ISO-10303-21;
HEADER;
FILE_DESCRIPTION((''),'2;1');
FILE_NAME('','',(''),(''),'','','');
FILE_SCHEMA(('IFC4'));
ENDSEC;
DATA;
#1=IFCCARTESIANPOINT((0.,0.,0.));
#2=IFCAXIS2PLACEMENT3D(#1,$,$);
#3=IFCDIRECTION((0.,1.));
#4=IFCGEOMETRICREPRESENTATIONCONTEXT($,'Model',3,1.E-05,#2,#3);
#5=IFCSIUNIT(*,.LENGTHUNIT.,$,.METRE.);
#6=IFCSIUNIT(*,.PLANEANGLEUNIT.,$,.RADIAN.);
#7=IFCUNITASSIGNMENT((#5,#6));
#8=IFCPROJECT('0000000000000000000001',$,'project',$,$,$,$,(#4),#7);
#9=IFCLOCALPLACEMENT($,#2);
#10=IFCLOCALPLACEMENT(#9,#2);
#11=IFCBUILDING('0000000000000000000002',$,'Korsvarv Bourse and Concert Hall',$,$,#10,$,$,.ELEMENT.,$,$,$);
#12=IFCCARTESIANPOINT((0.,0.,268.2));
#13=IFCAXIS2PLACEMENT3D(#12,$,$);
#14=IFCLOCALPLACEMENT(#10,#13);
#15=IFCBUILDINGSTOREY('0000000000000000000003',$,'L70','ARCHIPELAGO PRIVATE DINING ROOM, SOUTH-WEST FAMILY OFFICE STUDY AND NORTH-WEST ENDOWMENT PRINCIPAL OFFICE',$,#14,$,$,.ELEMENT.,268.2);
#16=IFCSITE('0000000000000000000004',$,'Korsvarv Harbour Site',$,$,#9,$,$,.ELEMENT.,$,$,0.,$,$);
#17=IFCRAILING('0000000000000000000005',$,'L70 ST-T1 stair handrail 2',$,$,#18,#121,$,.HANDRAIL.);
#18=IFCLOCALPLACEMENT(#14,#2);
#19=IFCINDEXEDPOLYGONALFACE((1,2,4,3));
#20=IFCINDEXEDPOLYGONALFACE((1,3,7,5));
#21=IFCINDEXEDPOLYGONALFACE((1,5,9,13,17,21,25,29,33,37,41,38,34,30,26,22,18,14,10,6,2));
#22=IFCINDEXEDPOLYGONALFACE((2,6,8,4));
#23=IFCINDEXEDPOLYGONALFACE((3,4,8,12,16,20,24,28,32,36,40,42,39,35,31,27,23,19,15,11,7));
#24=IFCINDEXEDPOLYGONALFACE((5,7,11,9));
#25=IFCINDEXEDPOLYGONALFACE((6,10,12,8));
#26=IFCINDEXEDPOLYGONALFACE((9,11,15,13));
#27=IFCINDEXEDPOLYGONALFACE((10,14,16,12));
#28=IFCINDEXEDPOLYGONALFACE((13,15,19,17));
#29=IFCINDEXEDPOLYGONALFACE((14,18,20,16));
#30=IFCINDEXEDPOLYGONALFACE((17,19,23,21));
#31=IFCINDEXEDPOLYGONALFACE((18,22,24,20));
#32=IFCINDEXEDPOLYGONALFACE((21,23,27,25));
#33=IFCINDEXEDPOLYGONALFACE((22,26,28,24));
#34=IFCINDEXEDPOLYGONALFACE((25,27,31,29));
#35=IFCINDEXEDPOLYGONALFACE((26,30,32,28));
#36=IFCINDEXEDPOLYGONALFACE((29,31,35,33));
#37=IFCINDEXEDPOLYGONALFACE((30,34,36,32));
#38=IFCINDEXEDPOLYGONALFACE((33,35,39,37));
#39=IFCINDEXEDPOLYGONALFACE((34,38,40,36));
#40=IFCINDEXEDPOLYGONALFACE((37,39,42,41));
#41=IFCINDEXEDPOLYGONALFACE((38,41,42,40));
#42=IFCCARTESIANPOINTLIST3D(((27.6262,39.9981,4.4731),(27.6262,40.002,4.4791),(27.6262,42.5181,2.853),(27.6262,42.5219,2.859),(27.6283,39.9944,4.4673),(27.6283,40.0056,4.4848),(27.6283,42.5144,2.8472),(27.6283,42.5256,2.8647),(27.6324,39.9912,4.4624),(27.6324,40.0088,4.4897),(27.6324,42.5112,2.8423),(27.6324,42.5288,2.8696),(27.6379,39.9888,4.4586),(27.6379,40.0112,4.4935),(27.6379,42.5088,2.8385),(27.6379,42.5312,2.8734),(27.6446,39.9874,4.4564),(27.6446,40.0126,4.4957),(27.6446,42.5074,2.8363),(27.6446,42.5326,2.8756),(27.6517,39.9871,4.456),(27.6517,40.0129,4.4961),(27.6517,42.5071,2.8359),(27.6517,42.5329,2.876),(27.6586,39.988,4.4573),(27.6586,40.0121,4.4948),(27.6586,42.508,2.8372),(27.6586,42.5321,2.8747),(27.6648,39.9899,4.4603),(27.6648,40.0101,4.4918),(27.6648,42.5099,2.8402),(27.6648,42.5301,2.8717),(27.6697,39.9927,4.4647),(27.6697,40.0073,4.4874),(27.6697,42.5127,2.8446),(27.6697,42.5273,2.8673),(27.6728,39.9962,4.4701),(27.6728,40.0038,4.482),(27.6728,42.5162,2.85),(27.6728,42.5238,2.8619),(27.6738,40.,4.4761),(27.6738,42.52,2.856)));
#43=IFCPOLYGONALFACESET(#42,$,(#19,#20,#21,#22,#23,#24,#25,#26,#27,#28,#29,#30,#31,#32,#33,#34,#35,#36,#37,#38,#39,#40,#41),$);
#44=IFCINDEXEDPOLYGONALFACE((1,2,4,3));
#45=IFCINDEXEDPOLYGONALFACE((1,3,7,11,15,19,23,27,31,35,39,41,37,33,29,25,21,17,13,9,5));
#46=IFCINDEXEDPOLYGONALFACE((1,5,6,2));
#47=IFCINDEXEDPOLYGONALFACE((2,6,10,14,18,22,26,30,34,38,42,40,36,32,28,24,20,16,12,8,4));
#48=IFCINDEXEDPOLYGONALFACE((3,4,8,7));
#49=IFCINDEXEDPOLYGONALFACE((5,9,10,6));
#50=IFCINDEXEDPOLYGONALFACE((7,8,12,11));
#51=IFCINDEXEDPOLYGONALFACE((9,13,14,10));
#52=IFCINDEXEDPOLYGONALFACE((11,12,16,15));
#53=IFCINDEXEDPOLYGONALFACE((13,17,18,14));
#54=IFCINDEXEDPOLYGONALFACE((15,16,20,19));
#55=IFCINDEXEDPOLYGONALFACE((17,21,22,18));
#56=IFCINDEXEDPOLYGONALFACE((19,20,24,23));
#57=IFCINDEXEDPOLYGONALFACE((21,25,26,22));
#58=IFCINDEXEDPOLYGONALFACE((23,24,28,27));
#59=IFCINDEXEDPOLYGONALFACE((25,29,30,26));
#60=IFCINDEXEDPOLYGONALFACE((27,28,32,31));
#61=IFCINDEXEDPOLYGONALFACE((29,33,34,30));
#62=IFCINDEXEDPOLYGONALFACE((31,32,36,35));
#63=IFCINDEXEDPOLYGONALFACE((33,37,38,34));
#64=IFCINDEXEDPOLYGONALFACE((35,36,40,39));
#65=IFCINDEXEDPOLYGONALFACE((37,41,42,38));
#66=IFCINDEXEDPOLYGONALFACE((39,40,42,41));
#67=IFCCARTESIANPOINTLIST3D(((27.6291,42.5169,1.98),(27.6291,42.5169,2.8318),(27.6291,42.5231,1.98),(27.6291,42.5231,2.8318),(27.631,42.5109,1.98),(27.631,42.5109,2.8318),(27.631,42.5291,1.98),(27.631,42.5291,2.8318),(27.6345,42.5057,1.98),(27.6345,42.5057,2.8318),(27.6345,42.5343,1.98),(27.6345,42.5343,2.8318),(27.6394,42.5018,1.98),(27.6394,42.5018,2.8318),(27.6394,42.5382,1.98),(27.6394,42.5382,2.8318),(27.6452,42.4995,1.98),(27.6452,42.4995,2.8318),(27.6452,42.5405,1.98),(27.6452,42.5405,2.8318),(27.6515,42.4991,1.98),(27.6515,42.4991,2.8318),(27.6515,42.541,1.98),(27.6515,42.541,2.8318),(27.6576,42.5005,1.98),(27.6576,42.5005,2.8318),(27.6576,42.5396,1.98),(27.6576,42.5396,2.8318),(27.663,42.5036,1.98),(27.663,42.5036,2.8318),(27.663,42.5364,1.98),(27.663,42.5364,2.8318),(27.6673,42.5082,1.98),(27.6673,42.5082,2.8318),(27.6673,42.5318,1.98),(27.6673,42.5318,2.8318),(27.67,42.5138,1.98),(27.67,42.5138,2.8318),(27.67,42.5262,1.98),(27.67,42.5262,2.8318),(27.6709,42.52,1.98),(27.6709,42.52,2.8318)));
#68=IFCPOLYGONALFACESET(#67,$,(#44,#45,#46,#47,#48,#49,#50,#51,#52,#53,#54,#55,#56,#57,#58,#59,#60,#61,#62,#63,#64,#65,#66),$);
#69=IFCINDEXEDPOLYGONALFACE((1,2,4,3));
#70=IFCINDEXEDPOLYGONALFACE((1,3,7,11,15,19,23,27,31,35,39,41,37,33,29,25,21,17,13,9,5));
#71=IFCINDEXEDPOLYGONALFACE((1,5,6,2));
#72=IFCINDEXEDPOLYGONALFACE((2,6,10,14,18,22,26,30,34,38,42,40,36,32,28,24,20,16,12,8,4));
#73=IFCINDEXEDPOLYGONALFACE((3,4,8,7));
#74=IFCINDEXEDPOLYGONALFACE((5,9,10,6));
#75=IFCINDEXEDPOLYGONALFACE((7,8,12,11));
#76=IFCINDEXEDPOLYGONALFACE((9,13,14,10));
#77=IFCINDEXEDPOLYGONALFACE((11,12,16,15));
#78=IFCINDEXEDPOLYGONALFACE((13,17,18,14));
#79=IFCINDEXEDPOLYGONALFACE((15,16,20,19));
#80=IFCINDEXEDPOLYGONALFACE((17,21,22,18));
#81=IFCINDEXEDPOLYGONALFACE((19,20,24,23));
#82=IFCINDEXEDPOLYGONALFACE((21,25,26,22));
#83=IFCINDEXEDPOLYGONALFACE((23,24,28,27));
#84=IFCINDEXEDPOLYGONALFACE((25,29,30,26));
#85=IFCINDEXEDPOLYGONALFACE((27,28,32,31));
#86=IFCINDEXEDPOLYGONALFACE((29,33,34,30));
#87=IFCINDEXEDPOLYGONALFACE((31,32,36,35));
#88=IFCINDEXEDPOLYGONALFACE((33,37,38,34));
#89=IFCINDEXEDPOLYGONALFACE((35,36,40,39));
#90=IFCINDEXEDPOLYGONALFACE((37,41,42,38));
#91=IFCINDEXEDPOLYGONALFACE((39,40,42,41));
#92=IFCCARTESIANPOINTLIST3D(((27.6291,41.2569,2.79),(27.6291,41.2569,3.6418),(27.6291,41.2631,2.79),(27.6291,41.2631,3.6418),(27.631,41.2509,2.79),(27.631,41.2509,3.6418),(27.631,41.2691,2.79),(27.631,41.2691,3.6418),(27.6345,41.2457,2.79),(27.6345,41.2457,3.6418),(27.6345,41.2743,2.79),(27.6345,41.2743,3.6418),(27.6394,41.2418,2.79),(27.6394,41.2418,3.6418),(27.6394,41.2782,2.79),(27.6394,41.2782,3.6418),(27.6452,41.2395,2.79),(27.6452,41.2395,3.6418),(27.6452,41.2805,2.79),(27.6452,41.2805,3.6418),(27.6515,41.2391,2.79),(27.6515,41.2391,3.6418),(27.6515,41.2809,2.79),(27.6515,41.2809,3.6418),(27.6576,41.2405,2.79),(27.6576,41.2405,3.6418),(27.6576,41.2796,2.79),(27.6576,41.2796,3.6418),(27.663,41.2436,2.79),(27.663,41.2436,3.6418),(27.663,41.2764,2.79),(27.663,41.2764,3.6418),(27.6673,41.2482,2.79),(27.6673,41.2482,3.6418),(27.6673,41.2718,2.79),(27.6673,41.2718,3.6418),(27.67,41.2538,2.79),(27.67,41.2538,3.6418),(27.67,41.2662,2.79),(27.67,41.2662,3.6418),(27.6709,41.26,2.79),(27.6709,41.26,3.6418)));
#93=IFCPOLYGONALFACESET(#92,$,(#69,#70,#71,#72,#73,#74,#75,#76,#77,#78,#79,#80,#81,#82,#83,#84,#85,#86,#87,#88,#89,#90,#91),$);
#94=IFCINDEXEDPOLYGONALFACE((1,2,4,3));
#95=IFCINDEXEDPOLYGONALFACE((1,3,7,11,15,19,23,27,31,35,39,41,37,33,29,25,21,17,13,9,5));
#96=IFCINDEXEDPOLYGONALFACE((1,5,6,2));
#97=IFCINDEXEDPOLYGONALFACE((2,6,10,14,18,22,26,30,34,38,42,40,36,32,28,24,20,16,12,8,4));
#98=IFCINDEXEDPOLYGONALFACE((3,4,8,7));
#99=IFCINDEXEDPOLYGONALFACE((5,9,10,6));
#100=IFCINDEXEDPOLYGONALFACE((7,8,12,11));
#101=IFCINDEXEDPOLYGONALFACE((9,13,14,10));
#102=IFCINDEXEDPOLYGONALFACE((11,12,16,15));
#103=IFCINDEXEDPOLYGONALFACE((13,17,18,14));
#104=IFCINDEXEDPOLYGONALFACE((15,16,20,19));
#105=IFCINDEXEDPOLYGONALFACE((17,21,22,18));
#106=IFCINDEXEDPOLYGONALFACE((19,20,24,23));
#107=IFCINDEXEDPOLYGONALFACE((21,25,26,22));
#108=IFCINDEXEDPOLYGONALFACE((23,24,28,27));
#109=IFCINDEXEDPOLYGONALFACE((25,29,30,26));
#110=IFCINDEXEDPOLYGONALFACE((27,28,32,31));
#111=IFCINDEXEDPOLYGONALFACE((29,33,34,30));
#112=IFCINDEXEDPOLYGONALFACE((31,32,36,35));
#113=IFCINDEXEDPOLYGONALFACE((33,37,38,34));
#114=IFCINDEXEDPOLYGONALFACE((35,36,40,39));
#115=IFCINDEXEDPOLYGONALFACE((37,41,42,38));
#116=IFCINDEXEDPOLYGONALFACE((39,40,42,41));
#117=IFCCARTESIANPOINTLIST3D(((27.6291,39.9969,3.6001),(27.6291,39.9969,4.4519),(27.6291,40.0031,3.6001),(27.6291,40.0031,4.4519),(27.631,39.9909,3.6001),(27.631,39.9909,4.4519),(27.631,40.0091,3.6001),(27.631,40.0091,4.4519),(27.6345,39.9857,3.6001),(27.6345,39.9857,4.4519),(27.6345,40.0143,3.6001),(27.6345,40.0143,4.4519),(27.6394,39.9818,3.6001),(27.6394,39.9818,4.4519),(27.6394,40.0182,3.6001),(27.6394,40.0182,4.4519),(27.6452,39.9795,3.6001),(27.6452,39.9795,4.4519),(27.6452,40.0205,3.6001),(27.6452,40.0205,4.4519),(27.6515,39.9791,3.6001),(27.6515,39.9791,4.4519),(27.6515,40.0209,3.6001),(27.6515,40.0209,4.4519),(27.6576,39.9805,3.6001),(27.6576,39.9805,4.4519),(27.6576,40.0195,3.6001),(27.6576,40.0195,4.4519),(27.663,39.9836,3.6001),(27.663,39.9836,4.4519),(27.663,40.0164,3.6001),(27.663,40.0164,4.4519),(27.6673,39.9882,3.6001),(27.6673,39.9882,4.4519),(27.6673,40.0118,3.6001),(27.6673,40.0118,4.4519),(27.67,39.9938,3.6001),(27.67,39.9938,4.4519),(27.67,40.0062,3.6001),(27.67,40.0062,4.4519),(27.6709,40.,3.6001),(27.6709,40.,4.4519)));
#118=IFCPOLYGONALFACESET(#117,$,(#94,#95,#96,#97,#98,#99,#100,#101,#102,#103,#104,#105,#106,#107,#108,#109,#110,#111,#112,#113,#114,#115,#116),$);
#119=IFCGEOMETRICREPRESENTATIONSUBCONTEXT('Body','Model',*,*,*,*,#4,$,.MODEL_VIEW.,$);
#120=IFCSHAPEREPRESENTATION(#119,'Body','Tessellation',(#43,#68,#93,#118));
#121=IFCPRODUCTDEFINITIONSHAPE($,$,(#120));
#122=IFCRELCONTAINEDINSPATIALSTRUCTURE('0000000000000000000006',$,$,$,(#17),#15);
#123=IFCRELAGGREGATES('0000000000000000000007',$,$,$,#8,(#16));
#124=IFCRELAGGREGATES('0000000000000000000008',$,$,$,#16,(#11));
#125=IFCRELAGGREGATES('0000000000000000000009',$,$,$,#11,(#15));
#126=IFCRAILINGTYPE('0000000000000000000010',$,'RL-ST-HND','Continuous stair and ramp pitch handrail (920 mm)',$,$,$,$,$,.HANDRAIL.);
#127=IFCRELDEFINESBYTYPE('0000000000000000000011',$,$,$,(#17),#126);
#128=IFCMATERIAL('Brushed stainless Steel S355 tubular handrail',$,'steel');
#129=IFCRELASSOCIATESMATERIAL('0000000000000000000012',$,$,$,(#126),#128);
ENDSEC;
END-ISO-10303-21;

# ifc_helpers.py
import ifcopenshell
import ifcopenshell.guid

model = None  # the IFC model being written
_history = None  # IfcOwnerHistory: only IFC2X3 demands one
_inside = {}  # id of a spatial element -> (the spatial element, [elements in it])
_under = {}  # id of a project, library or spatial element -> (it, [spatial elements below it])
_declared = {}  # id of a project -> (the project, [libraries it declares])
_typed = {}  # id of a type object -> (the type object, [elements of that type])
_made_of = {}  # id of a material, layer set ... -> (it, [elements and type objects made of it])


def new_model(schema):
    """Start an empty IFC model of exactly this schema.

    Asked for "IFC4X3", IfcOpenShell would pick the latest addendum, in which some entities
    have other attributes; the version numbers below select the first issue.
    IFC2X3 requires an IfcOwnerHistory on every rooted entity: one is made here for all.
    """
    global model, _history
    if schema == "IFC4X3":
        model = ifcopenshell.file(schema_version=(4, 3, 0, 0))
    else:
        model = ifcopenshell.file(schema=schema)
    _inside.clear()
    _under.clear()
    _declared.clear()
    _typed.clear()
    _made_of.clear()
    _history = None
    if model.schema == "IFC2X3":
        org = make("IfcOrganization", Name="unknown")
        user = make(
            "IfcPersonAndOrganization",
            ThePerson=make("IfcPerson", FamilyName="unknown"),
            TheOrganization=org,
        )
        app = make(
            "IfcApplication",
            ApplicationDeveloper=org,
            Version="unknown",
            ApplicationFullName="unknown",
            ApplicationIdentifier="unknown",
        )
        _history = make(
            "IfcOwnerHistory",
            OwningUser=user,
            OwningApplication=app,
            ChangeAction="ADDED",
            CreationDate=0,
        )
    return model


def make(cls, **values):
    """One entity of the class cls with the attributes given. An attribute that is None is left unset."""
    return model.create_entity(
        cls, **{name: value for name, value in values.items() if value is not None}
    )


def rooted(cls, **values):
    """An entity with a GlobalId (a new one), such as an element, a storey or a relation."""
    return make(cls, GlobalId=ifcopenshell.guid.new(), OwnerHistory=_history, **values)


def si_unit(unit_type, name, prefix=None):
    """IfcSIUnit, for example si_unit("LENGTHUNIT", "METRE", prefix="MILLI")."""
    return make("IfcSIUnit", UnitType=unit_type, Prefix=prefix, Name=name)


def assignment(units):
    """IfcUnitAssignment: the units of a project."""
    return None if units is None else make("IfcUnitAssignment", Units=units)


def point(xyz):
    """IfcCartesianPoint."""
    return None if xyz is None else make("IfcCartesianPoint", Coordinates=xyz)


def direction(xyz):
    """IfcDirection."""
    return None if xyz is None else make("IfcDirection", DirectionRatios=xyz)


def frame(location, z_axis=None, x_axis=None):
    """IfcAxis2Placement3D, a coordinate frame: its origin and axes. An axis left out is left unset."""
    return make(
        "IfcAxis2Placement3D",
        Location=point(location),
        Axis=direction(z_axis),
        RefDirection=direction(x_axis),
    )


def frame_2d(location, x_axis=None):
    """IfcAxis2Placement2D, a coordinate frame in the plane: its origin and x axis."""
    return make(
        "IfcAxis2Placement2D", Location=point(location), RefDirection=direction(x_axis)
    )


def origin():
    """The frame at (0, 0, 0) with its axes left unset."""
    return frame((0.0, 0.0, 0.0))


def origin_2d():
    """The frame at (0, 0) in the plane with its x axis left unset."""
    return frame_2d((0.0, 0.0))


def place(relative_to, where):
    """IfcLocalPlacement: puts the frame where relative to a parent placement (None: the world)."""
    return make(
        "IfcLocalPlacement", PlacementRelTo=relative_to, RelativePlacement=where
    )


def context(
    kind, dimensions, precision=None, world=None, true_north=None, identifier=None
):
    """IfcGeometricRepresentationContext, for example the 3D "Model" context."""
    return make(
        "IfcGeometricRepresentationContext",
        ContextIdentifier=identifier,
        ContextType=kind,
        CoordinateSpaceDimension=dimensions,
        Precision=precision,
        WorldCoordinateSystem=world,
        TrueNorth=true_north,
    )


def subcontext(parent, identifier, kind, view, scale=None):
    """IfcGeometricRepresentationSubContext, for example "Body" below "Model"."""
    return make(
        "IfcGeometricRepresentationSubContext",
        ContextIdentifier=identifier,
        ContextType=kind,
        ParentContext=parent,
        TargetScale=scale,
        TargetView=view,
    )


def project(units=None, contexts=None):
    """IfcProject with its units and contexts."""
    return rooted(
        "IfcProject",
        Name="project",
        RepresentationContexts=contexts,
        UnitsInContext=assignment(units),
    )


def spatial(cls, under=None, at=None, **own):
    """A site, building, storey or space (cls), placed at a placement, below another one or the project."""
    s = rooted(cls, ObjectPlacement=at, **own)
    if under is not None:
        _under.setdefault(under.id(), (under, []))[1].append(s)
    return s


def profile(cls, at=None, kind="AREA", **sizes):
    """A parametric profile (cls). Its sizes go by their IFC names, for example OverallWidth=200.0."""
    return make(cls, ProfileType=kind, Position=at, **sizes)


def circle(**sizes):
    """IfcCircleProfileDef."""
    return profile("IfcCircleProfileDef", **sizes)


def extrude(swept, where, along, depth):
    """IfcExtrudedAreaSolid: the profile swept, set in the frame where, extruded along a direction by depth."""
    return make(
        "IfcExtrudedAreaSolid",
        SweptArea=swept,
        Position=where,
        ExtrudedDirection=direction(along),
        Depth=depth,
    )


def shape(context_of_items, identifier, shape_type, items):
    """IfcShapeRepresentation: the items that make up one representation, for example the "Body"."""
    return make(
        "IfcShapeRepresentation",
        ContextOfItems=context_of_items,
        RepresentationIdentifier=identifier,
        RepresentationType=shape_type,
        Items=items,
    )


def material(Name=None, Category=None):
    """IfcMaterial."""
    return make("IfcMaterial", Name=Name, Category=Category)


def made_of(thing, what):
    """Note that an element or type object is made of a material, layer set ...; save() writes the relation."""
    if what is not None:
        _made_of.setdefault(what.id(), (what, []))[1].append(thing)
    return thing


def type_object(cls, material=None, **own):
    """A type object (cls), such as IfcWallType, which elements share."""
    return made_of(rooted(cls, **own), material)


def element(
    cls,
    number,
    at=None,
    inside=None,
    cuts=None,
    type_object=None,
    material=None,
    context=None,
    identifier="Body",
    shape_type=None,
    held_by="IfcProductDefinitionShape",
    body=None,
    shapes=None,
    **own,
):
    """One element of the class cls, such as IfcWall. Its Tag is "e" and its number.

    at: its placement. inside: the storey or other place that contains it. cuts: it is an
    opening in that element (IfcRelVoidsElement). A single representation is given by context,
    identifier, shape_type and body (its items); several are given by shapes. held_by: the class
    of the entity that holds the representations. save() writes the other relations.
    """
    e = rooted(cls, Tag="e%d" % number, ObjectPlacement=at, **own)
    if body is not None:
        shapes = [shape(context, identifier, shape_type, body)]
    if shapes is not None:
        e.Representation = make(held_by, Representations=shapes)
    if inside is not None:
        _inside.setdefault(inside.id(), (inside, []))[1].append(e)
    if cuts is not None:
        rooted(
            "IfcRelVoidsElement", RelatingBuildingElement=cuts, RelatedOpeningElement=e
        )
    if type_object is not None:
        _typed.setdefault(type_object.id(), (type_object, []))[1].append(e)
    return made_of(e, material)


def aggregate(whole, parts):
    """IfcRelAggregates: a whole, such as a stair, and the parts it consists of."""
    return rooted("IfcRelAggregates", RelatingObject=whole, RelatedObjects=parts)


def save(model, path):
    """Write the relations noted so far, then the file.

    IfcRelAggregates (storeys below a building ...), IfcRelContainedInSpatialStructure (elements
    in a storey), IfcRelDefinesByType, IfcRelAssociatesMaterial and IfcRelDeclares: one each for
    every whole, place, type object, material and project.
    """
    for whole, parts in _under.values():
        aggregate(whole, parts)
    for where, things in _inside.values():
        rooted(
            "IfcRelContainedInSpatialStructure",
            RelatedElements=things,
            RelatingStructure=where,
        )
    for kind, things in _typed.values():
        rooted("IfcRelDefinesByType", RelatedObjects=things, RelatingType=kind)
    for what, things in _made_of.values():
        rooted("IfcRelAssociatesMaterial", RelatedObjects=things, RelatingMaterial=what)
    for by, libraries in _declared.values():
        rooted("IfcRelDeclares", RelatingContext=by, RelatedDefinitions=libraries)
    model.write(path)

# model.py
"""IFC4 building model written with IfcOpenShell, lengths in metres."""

from ifc_helpers import new_model, si_unit, direction, frame, origin, origin_2d, place, context, subcontext, project, spatial, circle, extrude, material, type_object, element, save


model = new_model("IFC4")

# Units and contexts
model_context = context("Model", 3, precision=1e-05, world=origin(), true_north=direction((0.0, 1.0)))
body_context = subcontext(model_context, "Body", "Model", "MODEL_VIEW")
ifc_project = project(units=[si_unit("LENGTHUNIT", "METRE"), si_unit("PLANEANGLEUNIT", "RADIAN")], contexts=[model_context])

# Site, building, storey
site_placement = place(None, origin())
site = spatial("IfcSite", under=ifc_project, at=site_placement, Name="Korsvarv Harbour Site", CompositionType="ELEMENT", RefElevation=0.0)
building_placement = place(site_placement, origin())
building = spatial("IfcBuilding", under=site, at=building_placement, Name="Korsvarv Bourse and Concert Hall", CompositionType="ELEMENT")
storey_placement = place(building_placement, frame((0.0, 0.0, 268.2)))
storey = spatial("IfcBuildingStorey", under=building, at=storey_placement, Name="L70", Description="ARCHIPELAGO PRIVATE DINING ROOM, SOUTH-WEST FAMILY OFFICE STUDY AND NORTH-WEST ENDOWMENT PRINCIPAL OFFICE", CompositionType="ELEMENT", Elevation=268.2)

# Railing
ifc_material_1 = material(Name="Brushed stainless Steel S355 tubular handrail", Category="steel")
railing_type_1 = type_object("IfcRailingType", Name="RL-ST-HND", Description="Continuous stair and ramp pitch handrail (920 mm)", PredefinedType="HANDRAIL", material=ifc_material_1)
railing_1_placement = place(storey_placement, frame((27.6499, 42.52, 1.98)))
element("IfcRailing", 1, at=railing_1_placement, inside=storey, type_object=railing_type_1, Name="L70 ST-T1 stair handrail 2", PredefinedType="HANDRAIL", context=body_context, shape_type="SweptSolid", body=[
    extrude(circle(Radius=0.0239, at=origin_2d()), frame((0.0, 0.0, 0.876), z_axis=(0.0, -0.841163, 0.540782), x_axis=(1.0, 0.0, 0.0)), (0.0, 0.0, 1.0), 2.9958),
    extrude(circle(Radius=0.021, at=origin_2d()), origin(), (0.0, 0.0, 1.0), 0.8518),
    extrude(circle(Radius=0.021, at=origin_2d()), frame((0.0, -1.26, 0.8101)), (0.0, 0.0, 1.0), 0.8518),
    extrude(circle(Radius=0.021, at=origin_2d()), frame((0.0, -2.52, 1.6201)), (0.0, 0.0, 1.0), 0.8518),
])

save(model, "model.ifc")
